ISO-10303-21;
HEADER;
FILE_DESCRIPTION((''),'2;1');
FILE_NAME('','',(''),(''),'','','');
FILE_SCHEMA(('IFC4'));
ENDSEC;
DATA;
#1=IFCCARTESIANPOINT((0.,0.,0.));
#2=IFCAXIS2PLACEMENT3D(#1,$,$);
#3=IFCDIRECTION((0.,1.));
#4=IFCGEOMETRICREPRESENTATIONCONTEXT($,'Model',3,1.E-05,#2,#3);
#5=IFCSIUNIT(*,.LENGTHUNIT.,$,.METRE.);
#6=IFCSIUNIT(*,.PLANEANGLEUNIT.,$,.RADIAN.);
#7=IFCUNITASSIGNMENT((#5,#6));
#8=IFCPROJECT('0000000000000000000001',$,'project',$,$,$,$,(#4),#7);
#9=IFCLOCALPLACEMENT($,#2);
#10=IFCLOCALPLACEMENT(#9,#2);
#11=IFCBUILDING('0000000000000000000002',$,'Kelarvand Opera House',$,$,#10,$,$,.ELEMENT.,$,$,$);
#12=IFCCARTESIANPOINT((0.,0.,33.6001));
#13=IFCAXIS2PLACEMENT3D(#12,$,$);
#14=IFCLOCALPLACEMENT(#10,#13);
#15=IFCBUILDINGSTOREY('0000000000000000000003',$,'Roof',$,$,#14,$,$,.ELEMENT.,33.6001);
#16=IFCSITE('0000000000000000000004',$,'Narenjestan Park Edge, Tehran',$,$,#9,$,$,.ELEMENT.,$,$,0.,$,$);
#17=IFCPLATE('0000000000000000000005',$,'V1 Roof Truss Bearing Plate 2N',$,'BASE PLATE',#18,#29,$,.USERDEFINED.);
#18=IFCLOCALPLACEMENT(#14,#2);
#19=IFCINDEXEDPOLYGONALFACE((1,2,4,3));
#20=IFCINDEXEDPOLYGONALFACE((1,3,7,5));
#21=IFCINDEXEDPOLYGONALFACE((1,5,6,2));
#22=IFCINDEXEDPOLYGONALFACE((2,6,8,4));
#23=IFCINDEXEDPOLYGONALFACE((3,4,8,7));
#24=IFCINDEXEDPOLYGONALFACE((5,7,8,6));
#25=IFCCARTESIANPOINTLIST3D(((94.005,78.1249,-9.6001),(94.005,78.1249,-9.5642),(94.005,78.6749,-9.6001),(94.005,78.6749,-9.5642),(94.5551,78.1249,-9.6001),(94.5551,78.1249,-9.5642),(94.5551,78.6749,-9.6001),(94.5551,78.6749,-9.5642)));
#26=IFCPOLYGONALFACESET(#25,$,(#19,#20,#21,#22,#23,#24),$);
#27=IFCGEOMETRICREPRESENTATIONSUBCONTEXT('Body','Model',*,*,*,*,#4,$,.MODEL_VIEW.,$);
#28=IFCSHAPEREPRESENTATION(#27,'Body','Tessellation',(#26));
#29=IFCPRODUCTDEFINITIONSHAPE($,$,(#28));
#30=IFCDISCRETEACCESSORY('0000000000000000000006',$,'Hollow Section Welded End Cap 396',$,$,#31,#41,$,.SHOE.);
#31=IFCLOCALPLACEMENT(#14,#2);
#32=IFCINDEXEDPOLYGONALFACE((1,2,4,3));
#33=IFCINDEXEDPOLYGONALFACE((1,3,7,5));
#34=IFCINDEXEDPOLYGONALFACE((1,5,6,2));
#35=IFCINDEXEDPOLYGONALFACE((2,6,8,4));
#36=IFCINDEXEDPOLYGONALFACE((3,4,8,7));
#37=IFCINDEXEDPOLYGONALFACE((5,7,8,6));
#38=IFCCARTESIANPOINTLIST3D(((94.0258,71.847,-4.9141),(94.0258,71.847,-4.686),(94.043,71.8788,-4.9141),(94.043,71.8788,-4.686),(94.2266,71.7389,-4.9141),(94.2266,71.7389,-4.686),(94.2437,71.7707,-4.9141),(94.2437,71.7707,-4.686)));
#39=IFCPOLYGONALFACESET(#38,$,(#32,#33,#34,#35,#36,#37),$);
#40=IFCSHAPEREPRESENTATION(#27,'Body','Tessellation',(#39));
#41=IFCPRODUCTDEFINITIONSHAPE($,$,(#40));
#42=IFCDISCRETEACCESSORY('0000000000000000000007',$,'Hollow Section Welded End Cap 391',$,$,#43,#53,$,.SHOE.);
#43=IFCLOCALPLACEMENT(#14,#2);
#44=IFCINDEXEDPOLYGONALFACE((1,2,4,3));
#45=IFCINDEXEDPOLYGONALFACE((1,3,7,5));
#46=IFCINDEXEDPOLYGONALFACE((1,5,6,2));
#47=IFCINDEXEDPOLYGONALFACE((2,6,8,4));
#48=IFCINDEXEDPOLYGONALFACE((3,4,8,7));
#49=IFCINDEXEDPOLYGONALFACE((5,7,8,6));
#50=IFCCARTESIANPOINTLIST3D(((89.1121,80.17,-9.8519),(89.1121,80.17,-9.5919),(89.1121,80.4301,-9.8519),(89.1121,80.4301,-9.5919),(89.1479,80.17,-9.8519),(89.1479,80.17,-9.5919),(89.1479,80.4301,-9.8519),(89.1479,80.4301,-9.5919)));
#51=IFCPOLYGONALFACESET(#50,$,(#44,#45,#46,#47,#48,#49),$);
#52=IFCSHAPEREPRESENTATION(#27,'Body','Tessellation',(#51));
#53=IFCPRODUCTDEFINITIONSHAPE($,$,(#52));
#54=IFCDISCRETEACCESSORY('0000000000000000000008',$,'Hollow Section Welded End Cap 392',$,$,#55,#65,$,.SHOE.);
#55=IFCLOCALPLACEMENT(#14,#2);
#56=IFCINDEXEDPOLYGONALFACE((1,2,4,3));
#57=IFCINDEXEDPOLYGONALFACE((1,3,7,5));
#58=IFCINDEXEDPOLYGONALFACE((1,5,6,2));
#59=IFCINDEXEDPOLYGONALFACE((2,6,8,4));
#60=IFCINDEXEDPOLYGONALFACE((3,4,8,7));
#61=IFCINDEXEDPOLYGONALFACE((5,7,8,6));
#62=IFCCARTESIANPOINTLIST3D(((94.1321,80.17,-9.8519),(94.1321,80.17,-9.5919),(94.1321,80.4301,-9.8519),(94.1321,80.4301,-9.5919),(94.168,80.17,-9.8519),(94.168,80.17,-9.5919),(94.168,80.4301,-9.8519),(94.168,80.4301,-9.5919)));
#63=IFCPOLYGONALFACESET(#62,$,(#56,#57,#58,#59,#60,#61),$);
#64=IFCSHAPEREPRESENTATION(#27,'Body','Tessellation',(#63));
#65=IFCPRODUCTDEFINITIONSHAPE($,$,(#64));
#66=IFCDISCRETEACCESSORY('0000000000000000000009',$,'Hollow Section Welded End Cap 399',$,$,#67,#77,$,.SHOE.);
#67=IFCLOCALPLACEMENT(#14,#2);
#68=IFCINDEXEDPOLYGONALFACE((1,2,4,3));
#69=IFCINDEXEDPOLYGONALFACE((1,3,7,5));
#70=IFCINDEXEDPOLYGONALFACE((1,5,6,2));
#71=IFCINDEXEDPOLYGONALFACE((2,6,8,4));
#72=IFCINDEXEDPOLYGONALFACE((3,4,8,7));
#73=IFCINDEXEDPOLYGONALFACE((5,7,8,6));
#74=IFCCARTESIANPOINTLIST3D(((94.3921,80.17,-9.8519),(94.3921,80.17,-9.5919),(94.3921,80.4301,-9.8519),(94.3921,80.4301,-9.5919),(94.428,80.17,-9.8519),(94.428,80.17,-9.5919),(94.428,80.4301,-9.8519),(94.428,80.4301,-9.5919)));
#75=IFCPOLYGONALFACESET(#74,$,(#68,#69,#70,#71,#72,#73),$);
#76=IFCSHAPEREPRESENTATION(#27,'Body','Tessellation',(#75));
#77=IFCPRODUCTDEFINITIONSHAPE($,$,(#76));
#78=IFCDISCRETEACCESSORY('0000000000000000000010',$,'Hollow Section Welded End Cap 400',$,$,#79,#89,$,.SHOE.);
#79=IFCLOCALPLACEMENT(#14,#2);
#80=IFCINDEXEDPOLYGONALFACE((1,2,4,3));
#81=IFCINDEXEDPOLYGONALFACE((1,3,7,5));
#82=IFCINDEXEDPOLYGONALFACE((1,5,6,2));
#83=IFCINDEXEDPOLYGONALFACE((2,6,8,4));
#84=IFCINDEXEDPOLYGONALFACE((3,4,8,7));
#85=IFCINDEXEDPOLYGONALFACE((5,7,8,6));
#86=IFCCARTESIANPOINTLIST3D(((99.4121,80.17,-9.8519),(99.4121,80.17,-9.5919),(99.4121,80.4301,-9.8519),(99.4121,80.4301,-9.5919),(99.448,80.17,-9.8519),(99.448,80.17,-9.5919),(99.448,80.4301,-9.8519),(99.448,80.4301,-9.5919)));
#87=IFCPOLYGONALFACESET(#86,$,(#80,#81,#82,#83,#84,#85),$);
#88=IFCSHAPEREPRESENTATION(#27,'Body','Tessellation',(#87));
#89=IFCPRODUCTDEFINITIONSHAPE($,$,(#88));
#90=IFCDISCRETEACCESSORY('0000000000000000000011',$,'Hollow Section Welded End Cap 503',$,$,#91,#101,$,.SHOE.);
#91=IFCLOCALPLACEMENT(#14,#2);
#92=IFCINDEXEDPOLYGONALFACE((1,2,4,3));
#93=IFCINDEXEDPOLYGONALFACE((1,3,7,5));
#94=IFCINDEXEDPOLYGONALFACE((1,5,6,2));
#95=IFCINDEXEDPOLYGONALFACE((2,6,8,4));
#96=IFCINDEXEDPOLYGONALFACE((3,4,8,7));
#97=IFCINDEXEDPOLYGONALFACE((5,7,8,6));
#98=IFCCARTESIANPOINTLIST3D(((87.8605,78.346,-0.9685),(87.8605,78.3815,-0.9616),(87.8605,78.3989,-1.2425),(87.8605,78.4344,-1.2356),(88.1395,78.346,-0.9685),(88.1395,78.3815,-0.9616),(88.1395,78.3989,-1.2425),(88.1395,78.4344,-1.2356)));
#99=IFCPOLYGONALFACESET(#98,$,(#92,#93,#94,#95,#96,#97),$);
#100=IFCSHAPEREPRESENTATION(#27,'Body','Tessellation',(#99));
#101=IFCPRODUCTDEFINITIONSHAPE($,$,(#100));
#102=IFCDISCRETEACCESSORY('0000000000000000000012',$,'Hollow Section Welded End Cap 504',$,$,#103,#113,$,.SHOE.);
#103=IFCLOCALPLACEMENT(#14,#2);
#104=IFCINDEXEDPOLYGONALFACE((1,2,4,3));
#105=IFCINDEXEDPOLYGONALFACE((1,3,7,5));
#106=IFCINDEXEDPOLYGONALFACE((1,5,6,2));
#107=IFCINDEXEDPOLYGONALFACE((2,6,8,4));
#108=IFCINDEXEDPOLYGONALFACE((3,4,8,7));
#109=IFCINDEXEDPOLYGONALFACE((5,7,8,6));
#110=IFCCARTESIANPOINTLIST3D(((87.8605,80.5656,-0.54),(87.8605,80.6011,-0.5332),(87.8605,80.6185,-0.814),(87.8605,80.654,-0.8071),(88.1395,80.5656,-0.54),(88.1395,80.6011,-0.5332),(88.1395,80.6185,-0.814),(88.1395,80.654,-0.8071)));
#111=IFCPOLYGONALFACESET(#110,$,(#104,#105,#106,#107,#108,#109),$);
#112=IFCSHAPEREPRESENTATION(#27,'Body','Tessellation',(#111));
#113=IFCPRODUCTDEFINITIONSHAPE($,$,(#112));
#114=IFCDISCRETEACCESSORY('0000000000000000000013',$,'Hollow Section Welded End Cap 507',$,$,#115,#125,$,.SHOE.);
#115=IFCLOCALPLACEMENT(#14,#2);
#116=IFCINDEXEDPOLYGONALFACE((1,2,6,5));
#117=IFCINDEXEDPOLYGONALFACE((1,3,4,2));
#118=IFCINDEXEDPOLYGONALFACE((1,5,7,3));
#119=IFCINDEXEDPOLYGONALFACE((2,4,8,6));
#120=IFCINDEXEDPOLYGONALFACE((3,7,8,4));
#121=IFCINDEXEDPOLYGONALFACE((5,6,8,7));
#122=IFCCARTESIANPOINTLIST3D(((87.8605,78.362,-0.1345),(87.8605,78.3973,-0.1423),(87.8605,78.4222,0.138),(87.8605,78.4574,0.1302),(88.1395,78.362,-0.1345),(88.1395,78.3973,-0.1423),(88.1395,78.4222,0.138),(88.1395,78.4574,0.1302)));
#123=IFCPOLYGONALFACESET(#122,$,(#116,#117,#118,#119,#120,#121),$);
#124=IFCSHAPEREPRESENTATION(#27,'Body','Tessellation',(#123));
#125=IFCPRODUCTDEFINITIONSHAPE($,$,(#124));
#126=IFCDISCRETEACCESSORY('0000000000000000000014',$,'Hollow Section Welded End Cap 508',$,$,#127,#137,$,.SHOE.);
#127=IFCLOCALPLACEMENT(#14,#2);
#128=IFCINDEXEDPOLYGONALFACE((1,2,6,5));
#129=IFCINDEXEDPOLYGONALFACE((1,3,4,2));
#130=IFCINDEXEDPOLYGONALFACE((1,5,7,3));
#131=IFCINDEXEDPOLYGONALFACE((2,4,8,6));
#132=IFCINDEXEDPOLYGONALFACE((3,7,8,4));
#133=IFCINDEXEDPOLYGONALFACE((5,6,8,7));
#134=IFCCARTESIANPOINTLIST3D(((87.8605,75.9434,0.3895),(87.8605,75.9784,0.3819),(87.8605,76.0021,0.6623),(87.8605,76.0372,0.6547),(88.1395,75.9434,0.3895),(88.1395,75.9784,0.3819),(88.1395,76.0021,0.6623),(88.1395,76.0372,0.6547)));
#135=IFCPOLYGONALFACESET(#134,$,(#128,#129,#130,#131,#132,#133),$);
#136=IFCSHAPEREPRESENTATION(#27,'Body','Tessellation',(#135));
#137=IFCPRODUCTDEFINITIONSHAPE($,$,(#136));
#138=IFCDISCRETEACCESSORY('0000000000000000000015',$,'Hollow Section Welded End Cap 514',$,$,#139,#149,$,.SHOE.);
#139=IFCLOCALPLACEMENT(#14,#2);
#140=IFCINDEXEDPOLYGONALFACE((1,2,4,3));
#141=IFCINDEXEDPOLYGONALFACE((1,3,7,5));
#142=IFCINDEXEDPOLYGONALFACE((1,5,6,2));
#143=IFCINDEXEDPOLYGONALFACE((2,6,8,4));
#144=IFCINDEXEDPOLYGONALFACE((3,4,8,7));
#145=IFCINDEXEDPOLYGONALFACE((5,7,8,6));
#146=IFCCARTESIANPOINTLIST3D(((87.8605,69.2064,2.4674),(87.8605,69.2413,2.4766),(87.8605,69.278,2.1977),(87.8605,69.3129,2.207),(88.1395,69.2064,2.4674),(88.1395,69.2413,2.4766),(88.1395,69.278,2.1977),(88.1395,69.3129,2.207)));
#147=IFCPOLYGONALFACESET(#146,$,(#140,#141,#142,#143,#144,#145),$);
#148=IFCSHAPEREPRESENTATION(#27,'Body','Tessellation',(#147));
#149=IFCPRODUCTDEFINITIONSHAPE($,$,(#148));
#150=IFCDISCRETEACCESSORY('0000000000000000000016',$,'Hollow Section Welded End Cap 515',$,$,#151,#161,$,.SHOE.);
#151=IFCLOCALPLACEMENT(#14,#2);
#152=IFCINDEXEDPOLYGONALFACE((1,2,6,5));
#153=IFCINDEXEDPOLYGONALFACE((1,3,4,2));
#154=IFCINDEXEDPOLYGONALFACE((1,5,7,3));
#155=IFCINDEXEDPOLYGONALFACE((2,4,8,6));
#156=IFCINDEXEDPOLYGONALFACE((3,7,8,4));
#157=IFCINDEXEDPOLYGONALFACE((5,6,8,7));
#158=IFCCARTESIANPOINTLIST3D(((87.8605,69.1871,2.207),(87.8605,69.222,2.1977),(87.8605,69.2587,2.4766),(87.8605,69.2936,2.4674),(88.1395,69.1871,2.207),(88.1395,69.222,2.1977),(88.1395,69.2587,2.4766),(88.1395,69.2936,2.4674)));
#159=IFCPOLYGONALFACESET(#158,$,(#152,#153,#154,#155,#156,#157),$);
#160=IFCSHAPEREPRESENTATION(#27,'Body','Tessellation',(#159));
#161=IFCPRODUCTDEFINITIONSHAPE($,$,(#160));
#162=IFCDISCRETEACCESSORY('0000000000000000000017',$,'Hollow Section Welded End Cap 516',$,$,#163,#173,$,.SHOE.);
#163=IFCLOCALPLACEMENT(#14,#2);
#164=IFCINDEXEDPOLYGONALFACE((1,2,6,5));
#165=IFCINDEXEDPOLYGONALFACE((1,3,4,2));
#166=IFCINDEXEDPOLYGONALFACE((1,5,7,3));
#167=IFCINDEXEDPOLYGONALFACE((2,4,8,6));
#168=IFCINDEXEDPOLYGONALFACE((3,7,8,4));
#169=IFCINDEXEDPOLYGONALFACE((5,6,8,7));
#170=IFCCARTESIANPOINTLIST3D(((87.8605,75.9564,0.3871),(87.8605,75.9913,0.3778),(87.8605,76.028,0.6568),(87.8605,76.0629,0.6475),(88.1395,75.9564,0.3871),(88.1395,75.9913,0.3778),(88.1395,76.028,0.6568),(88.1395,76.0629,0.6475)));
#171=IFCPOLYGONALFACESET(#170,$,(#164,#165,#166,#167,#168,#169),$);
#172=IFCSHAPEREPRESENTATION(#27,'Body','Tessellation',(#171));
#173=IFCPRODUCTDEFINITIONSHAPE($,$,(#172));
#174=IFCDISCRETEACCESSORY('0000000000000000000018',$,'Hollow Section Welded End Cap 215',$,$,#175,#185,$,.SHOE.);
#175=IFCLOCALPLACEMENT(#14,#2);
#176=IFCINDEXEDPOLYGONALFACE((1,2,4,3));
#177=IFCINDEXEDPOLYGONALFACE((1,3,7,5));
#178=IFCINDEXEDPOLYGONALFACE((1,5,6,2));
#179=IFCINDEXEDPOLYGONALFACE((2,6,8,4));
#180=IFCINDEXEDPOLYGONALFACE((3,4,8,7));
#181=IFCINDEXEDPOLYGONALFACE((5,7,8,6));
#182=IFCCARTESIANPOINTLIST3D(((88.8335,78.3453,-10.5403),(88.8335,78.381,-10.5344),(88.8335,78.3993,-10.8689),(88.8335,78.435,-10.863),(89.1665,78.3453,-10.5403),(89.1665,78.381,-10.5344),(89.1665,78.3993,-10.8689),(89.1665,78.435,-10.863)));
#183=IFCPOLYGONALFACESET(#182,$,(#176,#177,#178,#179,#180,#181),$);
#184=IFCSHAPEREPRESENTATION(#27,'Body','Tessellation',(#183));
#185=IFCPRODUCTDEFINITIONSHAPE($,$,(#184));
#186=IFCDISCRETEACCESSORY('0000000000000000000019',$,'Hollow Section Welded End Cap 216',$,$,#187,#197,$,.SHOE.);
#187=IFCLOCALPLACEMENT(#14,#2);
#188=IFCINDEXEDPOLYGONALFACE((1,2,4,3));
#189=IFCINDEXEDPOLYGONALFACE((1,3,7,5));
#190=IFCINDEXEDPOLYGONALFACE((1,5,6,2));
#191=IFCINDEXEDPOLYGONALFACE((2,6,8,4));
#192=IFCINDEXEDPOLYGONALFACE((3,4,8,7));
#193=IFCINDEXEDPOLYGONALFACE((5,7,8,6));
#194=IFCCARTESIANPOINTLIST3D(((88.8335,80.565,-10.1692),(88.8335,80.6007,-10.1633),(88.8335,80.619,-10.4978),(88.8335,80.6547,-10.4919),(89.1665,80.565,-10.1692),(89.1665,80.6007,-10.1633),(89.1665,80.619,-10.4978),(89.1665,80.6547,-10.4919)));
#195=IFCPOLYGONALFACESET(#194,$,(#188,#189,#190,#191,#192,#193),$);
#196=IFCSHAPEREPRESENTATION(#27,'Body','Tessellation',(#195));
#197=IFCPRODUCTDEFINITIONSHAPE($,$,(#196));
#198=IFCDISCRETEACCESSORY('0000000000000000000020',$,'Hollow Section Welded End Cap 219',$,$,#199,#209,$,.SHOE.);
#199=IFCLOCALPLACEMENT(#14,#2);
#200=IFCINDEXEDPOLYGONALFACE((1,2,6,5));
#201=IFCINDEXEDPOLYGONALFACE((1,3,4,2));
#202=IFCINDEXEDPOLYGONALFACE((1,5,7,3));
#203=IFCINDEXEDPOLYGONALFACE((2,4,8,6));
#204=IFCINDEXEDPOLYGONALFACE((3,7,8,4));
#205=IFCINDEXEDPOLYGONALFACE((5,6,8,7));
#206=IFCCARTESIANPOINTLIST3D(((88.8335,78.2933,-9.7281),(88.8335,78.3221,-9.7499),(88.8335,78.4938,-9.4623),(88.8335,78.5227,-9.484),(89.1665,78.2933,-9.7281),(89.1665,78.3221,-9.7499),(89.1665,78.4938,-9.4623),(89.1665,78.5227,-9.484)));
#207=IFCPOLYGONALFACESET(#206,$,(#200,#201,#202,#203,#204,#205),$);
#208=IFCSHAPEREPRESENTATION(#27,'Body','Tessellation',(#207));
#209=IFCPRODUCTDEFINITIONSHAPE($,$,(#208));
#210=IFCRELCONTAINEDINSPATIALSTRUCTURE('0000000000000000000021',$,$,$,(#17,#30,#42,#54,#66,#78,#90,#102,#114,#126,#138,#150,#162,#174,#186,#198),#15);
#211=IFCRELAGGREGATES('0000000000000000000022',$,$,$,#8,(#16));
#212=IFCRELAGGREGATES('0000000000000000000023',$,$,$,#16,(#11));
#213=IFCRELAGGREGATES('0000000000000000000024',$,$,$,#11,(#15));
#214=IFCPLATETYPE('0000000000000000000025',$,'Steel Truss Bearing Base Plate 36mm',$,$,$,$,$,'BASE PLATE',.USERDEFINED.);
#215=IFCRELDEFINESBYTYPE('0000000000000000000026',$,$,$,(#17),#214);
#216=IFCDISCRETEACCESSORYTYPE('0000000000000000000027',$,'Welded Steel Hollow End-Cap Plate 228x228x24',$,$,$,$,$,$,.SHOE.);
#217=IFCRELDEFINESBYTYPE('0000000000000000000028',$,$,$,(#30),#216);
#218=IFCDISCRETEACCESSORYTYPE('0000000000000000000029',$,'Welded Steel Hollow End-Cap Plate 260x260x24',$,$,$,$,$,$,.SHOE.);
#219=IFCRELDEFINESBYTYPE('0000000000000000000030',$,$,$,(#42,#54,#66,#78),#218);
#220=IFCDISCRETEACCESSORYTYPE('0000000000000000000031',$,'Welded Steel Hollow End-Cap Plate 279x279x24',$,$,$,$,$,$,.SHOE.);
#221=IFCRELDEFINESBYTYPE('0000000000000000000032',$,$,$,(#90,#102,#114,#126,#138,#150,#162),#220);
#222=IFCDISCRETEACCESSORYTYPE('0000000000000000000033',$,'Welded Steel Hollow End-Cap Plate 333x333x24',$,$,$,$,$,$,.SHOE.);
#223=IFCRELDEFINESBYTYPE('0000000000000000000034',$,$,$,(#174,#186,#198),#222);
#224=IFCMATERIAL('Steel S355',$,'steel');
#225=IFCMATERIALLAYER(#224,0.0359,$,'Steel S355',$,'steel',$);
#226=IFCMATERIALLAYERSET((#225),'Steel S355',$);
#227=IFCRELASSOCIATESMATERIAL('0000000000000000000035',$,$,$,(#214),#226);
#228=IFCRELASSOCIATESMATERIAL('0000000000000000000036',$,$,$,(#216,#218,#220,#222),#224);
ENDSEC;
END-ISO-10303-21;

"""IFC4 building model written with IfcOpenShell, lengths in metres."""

from ifc_helpers import new_model, si_unit, direction, frame, origin, origin_2d, place, context, subcontext, project, spatial, rectangle, extrude, material, layer, layer_set, material_profile, profile_set, type_object, element, save


model = new_model("IFC4")

# Units and contexts
model_context = context("Model", 3, precision=1e-05, world=origin(), true_north=direction((0.0, 1.0)))
body_context = subcontext(model_context, "Body", "Model", "MODEL_VIEW")
ifc_project = project(units=[si_unit("LENGTHUNIT", "METRE"), si_unit("PLANEANGLEUNIT", "RADIAN")], contexts=[model_context])

# Site, building, storey
site_placement = place(None, origin())
site = spatial("IfcSite", under=ifc_project, at=site_placement, Name="Narenjestan Park Edge, Tehran", CompositionType="ELEMENT", RefElevation=0.0)
building_placement = place(site_placement, origin())
building = spatial("IfcBuilding", under=site, at=building_placement, Name="Kelarvand Opera House", CompositionType="ELEMENT")
storey_placement = place(building_placement, frame((0.0, 0.0, 33.6001)))
storey = spatial("IfcBuildingStorey", under=building, at=storey_placement, Name="Roof", CompositionType="ELEMENT", Elevation=33.6001)

# Shared definitions
ifc_material = material(Name="Steel S355", Category="steel")

# Plate
ifc_layer = layer(ifc_material, 0.0359, Name="Steel S355", Category="steel")
ifc_layer_set = layer_set([ifc_layer], Name="Steel S355")
plate_type = type_object("IfcPlateType", Name="Steel Truss Bearing Base Plate 36mm", ElementType="BASE PLATE", PredefinedType="USERDEFINED", material=ifc_layer_set)
for number, where, z_axis, x_axis, name in (
    (1, (94.28, 78.3999, -9.6001), (0.0, 0.0, 1.0), (1.0, 0.0, 0.0), "V1 Roof Truss Bearing Plate 2N"),
):
    element("IfcPlate", number, at=place(storey_placement, frame(where, z_axis=z_axis, x_axis=x_axis)), inside=storey, type_object=plate_type, Name=name, ObjectType="BASE PLATE", PredefinedType="USERDEFINED", context=body_context, shape_type="SweptSolid", body=[
        extrude(rectangle(XDim=0.55, YDim=0.55, at=origin_2d()), origin(), (0.0, 0.0, 1.0), 0.0359),
    ])

# Discrete accessories
ifc_material_profile_1 = material_profile(ifc_material, rectangle(XDim=0.228, YDim=0.228, at=origin_2d()), Name="Welded Steel Hollow End-Cap Plate 228x228x24", Category="steel")
ifc_profile_set_1 = profile_set([ifc_material_profile_1], Name="Steel S355")
discrete_accessory_type_1 = type_object("IfcDiscreteAccessoryType", Name="Welded Steel Hollow End-Cap Plate 228x228x24", PredefinedType="SHOE", material=ifc_profile_set_1)
discrete_accessory_1_placement = place(storey_placement, frame((94.1262, 71.793, -4.8), z_axis=(0.4741, 0.880471, 0.0), x_axis=(-0.880471, 0.4741, 0.0)))
element("IfcDiscreteAccessory", 2, at=discrete_accessory_1_placement, inside=storey, type_object=discrete_accessory_type_1, Name="Hollow Section Welded End Cap 396", PredefinedType="SHOE", context=body_context, shape_type="SweptSolid", body=[
    extrude(rectangle(XDim=0.228, YDim=0.228, at=origin_2d()), origin(), (0.0, 0.0, 1.0), 0.0361),
])
ifc_material_profile_2 = material_profile(ifc_material, rectangle(XDim=0.26, YDim=0.26, at=origin_2d()), Name="Welded Steel Hollow End-Cap Plate 260x260x24", Category="steel")
ifc_profile_set_2 = profile_set([ifc_material_profile_2], Name="Steel S355")
discrete_accessory_type_2 = type_object("IfcDiscreteAccessoryType", Name="Welded Steel Hollow End-Cap Plate 260x260x24", PredefinedType="SHOE", material=ifc_profile_set_2)
for number, where, z_axis, x_axis, name in (
    (3, (89.1479, 80.3, -9.7219), (-1.0, 0.0, 0.0), (0.0, -1.0, 0.0), "Hollow Section Welded End Cap 391"),
    (4, (94.1321, 80.3, -9.7219), (1.0, 0.0, 0.0), (0.0, 1.0, 0.0), "Hollow Section Welded End Cap 392"),
    (5, (94.428, 80.3, -9.7219), (-1.0, 0.0, 0.0), (0.0, -1.0, 0.0), "Hollow Section Welded End Cap 399"),
    (6, (99.4121, 80.3, -9.7219), (1.0, 0.0, 0.0), (0.0, 1.0, 0.0), "Hollow Section Welded End Cap 400"),
):
    element("IfcDiscreteAccessory", number, at=place(storey_placement, frame(where, z_axis=z_axis, x_axis=x_axis)), inside=storey, type_object=discrete_accessory_type_2, Name=name, PredefinedType="SHOE", context=body_context, shape_type="SweptSolid", body=[
        extrude(rectangle(XDim=0.26, YDim=0.26, at=origin_2d()), origin(), (0.0, 0.0, 1.0), 0.0359),
    ])
ifc_material_profile_3 = material_profile(ifc_material, rectangle(XDim=0.2791, YDim=0.2791, at=origin_2d()), Name="Welded Steel Hollow End-Cap Plate 279x279x24", Category="steel")
ifc_profile_set_3 = profile_set([ifc_material_profile_3], Name="Steel S355")
discrete_accessory_type_3 = type_object("IfcDiscreteAccessoryType", Name="Welded Steel Hollow End-Cap Plate 279x279x24", PredefinedType="SHOE", material=ifc_profile_set_3)
for number, where, z_axis, x_axis, name in (
    (7, (88.0, 78.408, -1.0986), (0.0, -0.981861, -0.189601), (1.0, 0.0, 0.0), "Hollow Section Welded End Cap 503"),
    (8, (88.0, 80.592, -0.677), (0.0, 0.981861, 0.189601), (-1.0, 0.0, 0.0), "Hollow Section Welded End Cap 504"),
    (9, (88.0, 78.3921, 0.0017), (0.0, 0.976503, -0.215504), (-1.0, 0.0, 0.0), "Hollow Section Welded End Cap 507"),
):
    element("IfcDiscreteAccessory", number, at=place(storey_placement, frame(where, z_axis=z_axis, x_axis=x_axis)), inside=storey, type_object=discrete_accessory_type_3, Name=name, PredefinedType="SHOE", context=body_context, shape_type="SweptSolid", body=[
        extrude(rectangle(XDim=0.2791, YDim=0.2791, at=origin_2d()), origin(), (0.0, 0.0, 1.0), 0.0361),
    ])
discrete_accessory_2_placement = place(storey_placement, frame((88.0, 76.0078, 0.5183), z_axis=(0.0, -0.977603, 0.210456), x_axis=(1.0, 0.0, 0.0)))
element("IfcDiscreteAccessory", 10, at=discrete_accessory_2_placement, inside=storey, type_object=discrete_accessory_type_3, Name="Hollow Section Welded End Cap 508", PredefinedType="SHOE", context=body_context, shape_type="SweptSolid", body=[
    extrude(rectangle(XDim=0.2791, YDim=0.2791, at=origin_2d()), origin(), (0.0, 0.0, 1.0), 0.0359),
])
for number, where, z_axis, x_axis, name in (
    (11, (88.0, 69.2422, 2.3325), (0.0, 0.966459, 0.256821), (-1.0, 0.0, 0.0), "Hollow Section Welded End Cap 514"),
    (12, (88.0, 69.2578, 2.3325), (0.0, -0.966459, 0.256821), (1.0, 0.0, 0.0), "Hollow Section Welded End Cap 515"),
    (13, (88.0, 75.9922, 0.522), (0.0, 0.966459, -0.256821), (-1.0, 0.0, 0.0), "Hollow Section Welded End Cap 516"),
):
    element("IfcDiscreteAccessory", number, at=place(storey_placement, frame(where, z_axis=z_axis, x_axis=x_axis)), inside=storey, type_object=discrete_accessory_type_3, Name=name, PredefinedType="SHOE", context=body_context, shape_type="SweptSolid", body=[
        extrude(rectangle(XDim=0.2791, YDim=0.2791, at=origin_2d()), origin(), (0.0, 0.0, 1.0), 0.0361),
    ])
ifc_material_profile_4 = material_profile(ifc_material, rectangle(XDim=0.333, YDim=0.333, at=origin_2d()), Name="Welded Steel Hollow End-Cap Plate 333x333x24", Category="steel")
ifc_profile_set_4 = profile_set([ifc_material_profile_4], Name="Steel S355")
discrete_accessory_type_4 = type_object("IfcDiscreteAccessoryType", Name="Welded Steel Hollow End-Cap Plate 333x333x24", PredefinedType="SHOE", material=ifc_profile_set_4)
for number, where, z_axis, x_axis, name in (
    (14, (89.0, 78.408, -10.6987), (0.0, -0.986757, -0.162207), (1.0, 0.0, 0.0), "Hollow Section Welded End Cap 215"),
    (15, (89.0, 80.592, -10.3335), (0.0, 0.986757, 0.162207), (-1.0, 0.0, 0.0), "Hollow Section Welded End Cap 216"),
    (16, (89.0, 78.3936, -9.5952), (0.0, 0.798373, -0.602163), (-1.0, 0.0, 0.0), "Hollow Section Welded End Cap 219"),
):
    element("IfcDiscreteAccessory", number, at=place(storey_placement, frame(where, z_axis=z_axis, x_axis=x_axis)), inside=storey, type_object=discrete_accessory_type_4, Name=name, PredefinedType="SHOE", context=body_context, shape_type="SweptSolid", body=[
        extrude(rectangle(XDim=0.333, YDim=0.333, at=origin_2d()), origin(), (0.0, 0.0, 1.0), 0.0361),
    ])

save(model, "model.ifc")
